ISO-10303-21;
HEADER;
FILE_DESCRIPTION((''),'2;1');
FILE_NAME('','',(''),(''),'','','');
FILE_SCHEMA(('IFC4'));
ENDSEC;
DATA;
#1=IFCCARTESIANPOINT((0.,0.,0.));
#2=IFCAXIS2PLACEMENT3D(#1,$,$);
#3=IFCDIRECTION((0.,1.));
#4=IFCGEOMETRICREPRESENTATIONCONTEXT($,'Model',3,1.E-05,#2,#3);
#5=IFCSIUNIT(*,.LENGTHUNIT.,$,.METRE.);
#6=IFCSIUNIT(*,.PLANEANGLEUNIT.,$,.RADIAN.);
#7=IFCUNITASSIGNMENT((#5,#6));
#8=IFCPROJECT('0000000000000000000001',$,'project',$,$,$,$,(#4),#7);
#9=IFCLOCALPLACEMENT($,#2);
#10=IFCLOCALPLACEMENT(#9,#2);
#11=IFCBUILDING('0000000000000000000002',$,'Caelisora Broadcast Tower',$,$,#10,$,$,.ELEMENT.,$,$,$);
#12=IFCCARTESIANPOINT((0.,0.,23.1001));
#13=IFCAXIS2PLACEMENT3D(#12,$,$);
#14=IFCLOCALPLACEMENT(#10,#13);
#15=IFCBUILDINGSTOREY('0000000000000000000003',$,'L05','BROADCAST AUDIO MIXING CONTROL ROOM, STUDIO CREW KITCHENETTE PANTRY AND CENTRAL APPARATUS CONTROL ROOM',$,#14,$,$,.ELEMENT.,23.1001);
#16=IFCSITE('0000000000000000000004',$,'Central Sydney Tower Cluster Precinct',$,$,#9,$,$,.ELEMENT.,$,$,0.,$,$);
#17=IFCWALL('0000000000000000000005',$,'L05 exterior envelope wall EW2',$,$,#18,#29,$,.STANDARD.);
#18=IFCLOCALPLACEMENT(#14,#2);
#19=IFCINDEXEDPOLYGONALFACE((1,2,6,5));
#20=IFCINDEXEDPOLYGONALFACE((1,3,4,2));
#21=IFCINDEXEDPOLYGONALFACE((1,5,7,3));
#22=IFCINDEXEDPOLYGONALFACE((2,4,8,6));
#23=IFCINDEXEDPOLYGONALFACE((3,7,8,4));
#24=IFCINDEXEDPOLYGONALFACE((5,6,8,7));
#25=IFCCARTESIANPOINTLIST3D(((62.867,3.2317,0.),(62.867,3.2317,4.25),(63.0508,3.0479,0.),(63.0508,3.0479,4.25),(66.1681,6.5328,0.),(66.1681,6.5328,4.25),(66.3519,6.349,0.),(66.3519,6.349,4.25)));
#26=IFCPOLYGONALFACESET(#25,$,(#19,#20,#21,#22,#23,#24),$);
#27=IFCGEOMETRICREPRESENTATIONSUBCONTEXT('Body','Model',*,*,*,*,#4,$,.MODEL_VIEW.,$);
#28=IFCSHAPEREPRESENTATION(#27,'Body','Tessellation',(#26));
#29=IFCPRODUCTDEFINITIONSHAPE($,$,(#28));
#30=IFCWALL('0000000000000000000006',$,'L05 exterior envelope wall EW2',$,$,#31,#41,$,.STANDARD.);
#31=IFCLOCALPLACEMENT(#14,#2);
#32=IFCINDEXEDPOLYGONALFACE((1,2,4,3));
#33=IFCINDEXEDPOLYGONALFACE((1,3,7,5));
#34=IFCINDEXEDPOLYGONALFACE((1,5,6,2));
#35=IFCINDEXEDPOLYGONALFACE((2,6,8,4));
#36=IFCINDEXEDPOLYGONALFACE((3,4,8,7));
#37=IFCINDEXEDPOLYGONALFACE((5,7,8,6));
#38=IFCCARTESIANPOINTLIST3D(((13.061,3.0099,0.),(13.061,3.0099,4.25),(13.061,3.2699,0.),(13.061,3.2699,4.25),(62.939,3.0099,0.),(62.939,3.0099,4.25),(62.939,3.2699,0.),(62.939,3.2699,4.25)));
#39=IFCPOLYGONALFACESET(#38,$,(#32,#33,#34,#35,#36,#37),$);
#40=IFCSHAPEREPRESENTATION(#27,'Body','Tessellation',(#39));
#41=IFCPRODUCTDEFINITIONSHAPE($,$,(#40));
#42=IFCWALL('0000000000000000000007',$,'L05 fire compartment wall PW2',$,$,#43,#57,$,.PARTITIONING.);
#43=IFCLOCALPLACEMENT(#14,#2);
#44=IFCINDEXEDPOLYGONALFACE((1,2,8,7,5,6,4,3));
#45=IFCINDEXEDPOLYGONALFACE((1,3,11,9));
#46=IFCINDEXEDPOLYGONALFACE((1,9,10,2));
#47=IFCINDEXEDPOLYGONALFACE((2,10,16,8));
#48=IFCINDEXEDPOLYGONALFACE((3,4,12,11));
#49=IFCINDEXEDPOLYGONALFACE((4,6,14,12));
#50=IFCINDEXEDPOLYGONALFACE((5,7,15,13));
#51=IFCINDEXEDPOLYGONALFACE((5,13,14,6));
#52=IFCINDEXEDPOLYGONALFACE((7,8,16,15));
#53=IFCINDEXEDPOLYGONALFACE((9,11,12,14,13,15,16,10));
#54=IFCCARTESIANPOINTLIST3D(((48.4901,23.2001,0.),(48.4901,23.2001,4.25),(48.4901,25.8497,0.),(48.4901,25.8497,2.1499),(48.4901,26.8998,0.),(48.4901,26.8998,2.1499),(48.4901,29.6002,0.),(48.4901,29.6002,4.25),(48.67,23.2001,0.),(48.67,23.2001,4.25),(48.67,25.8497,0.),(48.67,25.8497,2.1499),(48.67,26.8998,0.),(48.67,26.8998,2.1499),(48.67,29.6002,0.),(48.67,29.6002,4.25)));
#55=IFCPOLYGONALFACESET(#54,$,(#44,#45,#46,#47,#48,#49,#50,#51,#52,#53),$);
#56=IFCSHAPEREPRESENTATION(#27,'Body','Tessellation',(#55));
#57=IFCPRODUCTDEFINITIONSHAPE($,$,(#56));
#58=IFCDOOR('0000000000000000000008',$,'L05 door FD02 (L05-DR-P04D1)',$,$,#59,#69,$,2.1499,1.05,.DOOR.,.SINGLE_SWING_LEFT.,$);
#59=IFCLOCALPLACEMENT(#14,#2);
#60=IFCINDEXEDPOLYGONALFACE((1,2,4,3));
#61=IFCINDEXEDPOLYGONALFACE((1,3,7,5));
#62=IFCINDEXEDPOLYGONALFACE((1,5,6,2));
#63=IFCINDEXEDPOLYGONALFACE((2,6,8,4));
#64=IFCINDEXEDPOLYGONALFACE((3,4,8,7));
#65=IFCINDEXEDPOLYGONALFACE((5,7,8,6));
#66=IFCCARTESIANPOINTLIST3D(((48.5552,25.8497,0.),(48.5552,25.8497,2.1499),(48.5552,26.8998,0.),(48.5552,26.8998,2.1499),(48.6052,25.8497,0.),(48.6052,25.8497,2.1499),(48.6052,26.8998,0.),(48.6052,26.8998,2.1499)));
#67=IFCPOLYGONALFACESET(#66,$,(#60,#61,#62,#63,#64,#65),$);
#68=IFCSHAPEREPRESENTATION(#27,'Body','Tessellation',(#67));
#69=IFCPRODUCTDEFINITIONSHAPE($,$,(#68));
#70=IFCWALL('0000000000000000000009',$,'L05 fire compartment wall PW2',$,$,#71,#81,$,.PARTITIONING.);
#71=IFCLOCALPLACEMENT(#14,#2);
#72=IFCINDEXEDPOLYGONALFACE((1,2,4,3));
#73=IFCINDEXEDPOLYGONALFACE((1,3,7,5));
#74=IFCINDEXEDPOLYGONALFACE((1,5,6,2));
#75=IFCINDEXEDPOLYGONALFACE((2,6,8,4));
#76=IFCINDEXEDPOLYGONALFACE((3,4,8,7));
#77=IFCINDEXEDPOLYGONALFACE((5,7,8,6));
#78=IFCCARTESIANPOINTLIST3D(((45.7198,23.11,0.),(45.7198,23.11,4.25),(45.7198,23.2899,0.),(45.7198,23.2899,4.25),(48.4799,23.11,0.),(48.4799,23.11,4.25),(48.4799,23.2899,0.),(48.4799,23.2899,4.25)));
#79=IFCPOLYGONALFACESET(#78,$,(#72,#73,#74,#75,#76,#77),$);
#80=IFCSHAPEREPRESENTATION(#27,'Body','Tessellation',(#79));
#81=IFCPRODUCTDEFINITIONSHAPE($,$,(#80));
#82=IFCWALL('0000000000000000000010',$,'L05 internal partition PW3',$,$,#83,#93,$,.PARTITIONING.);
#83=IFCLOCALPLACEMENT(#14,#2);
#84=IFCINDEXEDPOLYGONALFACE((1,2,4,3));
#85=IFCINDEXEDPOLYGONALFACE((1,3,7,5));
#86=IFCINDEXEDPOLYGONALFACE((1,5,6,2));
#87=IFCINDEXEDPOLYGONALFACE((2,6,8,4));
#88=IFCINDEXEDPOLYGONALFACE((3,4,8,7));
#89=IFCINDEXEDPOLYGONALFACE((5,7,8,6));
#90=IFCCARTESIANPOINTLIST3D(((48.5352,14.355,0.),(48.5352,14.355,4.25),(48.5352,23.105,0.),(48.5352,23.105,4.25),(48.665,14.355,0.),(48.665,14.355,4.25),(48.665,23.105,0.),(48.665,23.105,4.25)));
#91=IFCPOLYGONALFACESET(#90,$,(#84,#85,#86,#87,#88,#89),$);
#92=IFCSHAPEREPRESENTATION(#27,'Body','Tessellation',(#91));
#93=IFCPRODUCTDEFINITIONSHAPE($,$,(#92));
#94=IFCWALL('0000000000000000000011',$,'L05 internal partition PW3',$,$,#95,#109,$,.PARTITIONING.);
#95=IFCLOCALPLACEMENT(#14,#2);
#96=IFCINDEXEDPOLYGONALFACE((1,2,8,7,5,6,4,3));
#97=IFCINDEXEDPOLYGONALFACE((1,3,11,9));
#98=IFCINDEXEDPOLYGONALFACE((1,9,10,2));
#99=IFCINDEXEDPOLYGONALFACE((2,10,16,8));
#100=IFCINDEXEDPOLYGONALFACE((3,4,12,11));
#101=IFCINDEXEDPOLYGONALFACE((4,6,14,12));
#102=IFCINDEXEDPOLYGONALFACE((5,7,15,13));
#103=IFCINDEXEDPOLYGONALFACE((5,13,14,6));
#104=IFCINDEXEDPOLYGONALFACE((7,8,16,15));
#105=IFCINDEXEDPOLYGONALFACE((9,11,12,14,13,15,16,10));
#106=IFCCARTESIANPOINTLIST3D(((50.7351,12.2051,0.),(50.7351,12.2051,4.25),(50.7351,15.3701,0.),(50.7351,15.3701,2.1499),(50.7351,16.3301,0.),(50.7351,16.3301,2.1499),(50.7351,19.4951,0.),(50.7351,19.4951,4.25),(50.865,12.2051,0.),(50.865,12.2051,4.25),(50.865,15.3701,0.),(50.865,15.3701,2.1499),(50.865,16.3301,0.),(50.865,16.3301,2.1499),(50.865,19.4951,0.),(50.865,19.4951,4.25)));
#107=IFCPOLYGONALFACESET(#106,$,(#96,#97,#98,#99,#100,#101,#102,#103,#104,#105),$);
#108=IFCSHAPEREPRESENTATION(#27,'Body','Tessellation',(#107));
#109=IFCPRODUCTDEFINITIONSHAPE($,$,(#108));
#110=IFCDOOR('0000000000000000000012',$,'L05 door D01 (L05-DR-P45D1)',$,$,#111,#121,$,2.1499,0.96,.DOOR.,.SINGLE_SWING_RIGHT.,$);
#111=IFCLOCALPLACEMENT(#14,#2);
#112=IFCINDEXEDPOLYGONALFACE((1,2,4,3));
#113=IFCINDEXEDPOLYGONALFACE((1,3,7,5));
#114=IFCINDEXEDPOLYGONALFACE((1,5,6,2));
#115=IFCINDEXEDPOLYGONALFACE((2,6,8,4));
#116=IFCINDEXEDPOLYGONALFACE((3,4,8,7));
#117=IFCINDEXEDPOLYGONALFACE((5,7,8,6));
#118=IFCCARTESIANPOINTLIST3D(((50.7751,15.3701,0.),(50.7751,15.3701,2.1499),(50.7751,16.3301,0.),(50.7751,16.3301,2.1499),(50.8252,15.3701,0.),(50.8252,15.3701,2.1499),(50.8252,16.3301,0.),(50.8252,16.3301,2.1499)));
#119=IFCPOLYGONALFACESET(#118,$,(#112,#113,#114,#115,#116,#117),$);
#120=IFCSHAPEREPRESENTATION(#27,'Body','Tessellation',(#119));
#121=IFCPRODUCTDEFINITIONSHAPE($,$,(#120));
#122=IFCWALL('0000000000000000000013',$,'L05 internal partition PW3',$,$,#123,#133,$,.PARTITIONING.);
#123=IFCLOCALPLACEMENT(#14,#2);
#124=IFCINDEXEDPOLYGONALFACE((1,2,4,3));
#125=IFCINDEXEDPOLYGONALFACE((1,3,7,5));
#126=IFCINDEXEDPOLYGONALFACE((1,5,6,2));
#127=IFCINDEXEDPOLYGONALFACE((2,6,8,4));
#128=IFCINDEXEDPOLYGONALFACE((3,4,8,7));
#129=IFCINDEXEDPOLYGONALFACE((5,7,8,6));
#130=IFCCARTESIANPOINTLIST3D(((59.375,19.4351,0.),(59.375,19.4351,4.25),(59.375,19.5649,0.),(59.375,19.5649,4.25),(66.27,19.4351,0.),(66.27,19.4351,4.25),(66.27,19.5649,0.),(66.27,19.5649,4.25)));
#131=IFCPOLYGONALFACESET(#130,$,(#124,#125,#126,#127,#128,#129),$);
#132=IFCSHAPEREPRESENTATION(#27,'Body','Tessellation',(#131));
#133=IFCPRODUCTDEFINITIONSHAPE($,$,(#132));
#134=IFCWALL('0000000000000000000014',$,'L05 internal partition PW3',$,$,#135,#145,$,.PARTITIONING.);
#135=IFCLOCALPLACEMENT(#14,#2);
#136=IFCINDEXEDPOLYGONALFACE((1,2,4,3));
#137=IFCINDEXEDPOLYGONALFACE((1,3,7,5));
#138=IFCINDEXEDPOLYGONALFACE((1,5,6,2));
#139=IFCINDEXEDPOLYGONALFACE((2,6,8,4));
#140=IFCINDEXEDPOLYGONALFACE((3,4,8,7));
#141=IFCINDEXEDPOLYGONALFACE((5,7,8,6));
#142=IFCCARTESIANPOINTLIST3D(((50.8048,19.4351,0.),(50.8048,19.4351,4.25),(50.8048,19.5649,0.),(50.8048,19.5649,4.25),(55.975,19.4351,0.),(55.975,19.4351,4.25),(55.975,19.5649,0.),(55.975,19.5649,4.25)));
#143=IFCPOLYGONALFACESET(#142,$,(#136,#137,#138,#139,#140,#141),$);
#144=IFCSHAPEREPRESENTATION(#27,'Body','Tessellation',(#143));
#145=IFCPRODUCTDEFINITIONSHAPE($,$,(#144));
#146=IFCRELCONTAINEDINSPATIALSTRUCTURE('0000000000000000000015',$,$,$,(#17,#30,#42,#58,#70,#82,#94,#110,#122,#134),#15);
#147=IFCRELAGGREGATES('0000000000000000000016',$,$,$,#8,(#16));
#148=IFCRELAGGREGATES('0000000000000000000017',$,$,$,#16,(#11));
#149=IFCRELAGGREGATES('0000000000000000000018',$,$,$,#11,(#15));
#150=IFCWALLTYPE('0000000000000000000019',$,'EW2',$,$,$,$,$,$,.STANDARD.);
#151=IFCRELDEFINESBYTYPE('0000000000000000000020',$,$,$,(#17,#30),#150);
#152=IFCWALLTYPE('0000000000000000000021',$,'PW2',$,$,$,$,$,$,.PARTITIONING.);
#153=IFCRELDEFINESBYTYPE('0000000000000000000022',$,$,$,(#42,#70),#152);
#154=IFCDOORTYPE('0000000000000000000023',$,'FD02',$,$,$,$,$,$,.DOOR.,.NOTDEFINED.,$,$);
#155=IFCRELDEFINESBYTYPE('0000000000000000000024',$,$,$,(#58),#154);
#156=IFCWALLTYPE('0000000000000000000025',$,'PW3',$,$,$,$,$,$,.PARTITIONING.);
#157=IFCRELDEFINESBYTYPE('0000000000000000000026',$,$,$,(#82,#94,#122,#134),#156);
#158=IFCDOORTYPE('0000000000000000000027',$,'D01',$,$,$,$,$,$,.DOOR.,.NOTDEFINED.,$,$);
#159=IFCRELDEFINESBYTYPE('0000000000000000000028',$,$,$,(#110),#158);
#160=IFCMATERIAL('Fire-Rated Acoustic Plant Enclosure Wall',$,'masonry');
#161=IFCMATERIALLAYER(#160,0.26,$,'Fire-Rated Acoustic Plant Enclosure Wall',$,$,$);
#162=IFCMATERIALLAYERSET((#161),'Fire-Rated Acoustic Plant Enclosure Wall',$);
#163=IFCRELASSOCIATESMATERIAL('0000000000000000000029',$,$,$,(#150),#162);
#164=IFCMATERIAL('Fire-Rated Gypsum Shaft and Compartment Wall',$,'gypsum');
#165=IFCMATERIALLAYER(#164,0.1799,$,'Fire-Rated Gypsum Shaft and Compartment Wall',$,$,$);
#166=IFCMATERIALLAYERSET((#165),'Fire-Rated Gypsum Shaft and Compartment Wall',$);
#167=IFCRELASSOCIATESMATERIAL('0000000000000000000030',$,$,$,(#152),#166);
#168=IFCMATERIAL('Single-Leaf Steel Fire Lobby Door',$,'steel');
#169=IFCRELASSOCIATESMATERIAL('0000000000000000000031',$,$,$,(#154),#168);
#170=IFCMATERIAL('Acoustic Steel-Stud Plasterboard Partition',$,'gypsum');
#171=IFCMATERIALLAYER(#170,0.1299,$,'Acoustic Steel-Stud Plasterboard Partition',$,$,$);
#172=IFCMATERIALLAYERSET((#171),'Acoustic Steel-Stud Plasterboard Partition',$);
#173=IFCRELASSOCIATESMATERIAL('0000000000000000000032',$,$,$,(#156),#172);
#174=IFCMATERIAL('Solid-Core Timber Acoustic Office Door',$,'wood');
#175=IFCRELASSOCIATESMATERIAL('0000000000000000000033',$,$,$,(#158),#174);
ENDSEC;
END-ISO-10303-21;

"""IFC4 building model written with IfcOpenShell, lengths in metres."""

from ifc_helpers import new_model, si_unit, direction, frame, frame_2d, origin, place, context, subcontext, project, spatial, rectangle, extrude, material, layer, layer_set, type_object, element, fill, save


model = new_model("IFC4")

# Units and contexts
model_context = context("Model", 3, precision=1e-05, world=origin(), true_north=direction((0.0, 1.0)))
body_context = subcontext(model_context, "Body", "Model", "MODEL_VIEW")
ifc_project = project(units=[si_unit("LENGTHUNIT", "METRE"), si_unit("PLANEANGLEUNIT", "RADIAN")], contexts=[model_context])

# Site, building, storey
site_placement = place(None, origin())
site = spatial("IfcSite", under=ifc_project, at=site_placement, Name="Central Sydney Tower Cluster Precinct", CompositionType="ELEMENT", RefElevation=0.0)
building_placement = place(site_placement, origin())
building = spatial("IfcBuilding", under=site, at=building_placement, Name="Caelisora Broadcast Tower", CompositionType="ELEMENT")
storey_placement = place(building_placement, frame((0.0, 0.0, 23.1001)))
storey = spatial("IfcBuildingStorey", under=building, at=storey_placement, Name="L05", Description="BROADCAST AUDIO MIXING CONTROL ROOM, STUDIO CREW KITCHENETTE PANTRY AND CENTRAL APPARATUS CONTROL ROOM", CompositionType="ELEMENT", Elevation=23.1001)

# Walls
ifc_material_1 = material(Name="Fire-Rated Acoustic Plant Enclosure Wall", Category="masonry")
ifc_layer_1 = layer(ifc_material_1, 0.26, Name="Fire-Rated Acoustic Plant Enclosure Wall")
ifc_layer_set_1 = layer_set([ifc_layer_1], Name="Fire-Rated Acoustic Plant Enclosure Wall")
wall_type_1 = type_object("IfcWallType", Name="EW2", PredefinedType="STANDARD", material=ifc_layer_set_1)
wall_1_placement = place(storey_placement, frame((66.26, 6.4409, 0.0), z_axis=(0.0, 0.0, 1.0), x_axis=(-0.707107, -0.707107, 0.0)))
element("IfcWall", 1, at=wall_1_placement, inside=storey, type_object=wall_type_1, Name="L05 exterior envelope wall EW2", PredefinedType="STANDARD", context=body_context, shape_type="SweptSolid", body=[
    extrude(rectangle(XDim=4.6685, YDim=0.26, at=frame_2d((2.3342, 0.0))), origin(), (0.0, 0.0, 1.0), 4.25),
])
wall_2_placement = place(storey_placement, frame((62.939, 3.1399, 0.0), z_axis=(0.0, 0.0, 1.0), x_axis=(-1.0, 0.0, 0.0)))
element("IfcWall", 2, at=wall_2_placement, inside=storey, type_object=wall_type_1, Name="L05 exterior envelope wall EW2", PredefinedType="STANDARD", context=body_context, shape_type="SweptSolid", body=[
    extrude(rectangle(XDim=49.8779, YDim=0.26, at=frame_2d((24.939, 0.0))), origin(), (0.0, 0.0, 1.0), 4.25),
])

# Wall, opening, door
ifc_material_2 = material(Name="Fire-Rated Gypsum Shaft and Compartment Wall", Category="gypsum")
ifc_layer_2 = layer(ifc_material_2, 0.1799, Name="Fire-Rated Gypsum Shaft and Compartment Wall")
ifc_layer_set_2 = layer_set([ifc_layer_2], Name="Fire-Rated Gypsum Shaft and Compartment Wall")
wall_type_2 = type_object("IfcWallType", Name="PW2", PredefinedType="PARTITIONING", material=ifc_layer_set_2)
wall_3_placement = place(storey_placement, frame((48.5801, 23.2, 0.0), z_axis=(0.0, 0.0, 1.0), x_axis=(0.0, 1.0, 0.0)))
wall_3 = element("IfcWall", 3, at=wall_3_placement, inside=storey, type_object=wall_type_2, Name="L05 fire compartment wall PW2", PredefinedType="PARTITIONING", context=body_context, shape_type="SweptSolid", body=[
    extrude(rectangle(XDim=6.4001, YDim=0.1799, at=frame_2d((3.2002, 0.0))), origin(), (0.0, 0.0, 1.0), 4.25),
])
opening_1_placement = place(wall_3_placement, frame((2.6499, 0.0, 0.0)))
opening_1 = element("IfcOpeningElement", 4, at=opening_1_placement, cuts=wall_3, PredefinedType="OPENING", context=body_context, shape_type="SweptSolid", body=[
    extrude(rectangle(XDim=1.05, YDim=2.1499, at=frame_2d((0.5249, 1.075))), frame((0.0, 0.1021, 0.0), z_axis=(0.0, -1.0, 0.0), x_axis=(1.0, 0.0, 0.0)), (0.0, 0.0, 1.0), 0.2039),
])
ifc_material_3 = material(Name="Single-Leaf Steel Fire Lobby Door", Category="steel")
door_type_1 = type_object("IfcDoorType", Name="FD02", OperationType="NOTDEFINED", PredefinedType="DOOR", material=ifc_material_3)
door_1_placement = place(opening_1_placement, origin())
door_1 = element("IfcDoor", 5, at=door_1_placement, inside=storey, type_object=door_type_1, Name="L05 door FD02 (L05-DR-P04D1)", OperationType="SINGLE_SWING_LEFT", OverallHeight=2.1499, OverallWidth=1.05, PredefinedType="DOOR", context=body_context, shape_type="SweptSolid", body=[
    extrude(rectangle(XDim=1.05, YDim=2.1499, at=frame_2d((0.5249, 1.075))), frame((0.0, 0.0249, 0.0), z_axis=(0.0, -1.0, 0.0), x_axis=(1.0, 0.0, 0.0)), (0.0, 0.0, 1.0), 0.05),
])
fill(opening_1, door_1)

# Walls
wall_4_placement = place(storey_placement, frame((45.72, 23.2, 0.0), z_axis=(0.0, 0.0, 1.0), x_axis=(1.0, 0.0, 0.0)))
element("IfcWall", 6, at=wall_4_placement, inside=storey, type_object=wall_type_2, Name="L05 fire compartment wall PW2", PredefinedType="PARTITIONING", context=body_context, shape_type="SweptSolid", body=[
    extrude(rectangle(XDim=2.76, YDim=0.1799, at=frame_2d((1.3799, 0.0))), origin(), (0.0, 0.0, 1.0), 4.25),
])
ifc_material_4 = material(Name="Acoustic Steel-Stud Plasterboard Partition", Category="gypsum")
ifc_layer_3 = layer(ifc_material_4, 0.1299, Name="Acoustic Steel-Stud Plasterboard Partition")
ifc_layer_set_3 = layer_set([ifc_layer_3], Name="Acoustic Steel-Stud Plasterboard Partition")
wall_type_3 = type_object("IfcWallType", Name="PW3", PredefinedType="PARTITIONING", material=ifc_layer_set_3)
wall_5_placement = place(storey_placement, frame((48.6001, 14.355, 0.0), z_axis=(0.0, 0.0, 1.0), x_axis=(0.0, 1.0, 0.0)))
element("IfcWall", 7, at=wall_5_placement, inside=storey, type_object=wall_type_3, Name="L05 internal partition PW3", PredefinedType="PARTITIONING", context=body_context, shape_type="SweptSolid", body=[
    extrude(rectangle(XDim=8.75, YDim=0.1299, at=frame_2d((4.375, 0.0))), origin(), (0.0, 0.0, 1.0), 4.25),
])

# Wall, opening, door
wall_6_placement = place(storey_placement, frame((50.8, 12.2051, 0.0), z_axis=(0.0, 0.0, 1.0), x_axis=(0.0, 1.0, 0.0)))
wall_6 = element("IfcWall", 8, at=wall_6_placement, inside=storey, type_object=wall_type_3, Name="L05 internal partition PW3", PredefinedType="PARTITIONING", context=body_context, shape_type="SweptSolid", body=[
    extrude(rectangle(XDim=7.29, YDim=0.1299, at=frame_2d((3.645, 0.0))), origin(), (0.0, 0.0, 1.0), 4.25),
])
opening_2_placement = place(wall_6_placement, frame((3.165, 0.0, 0.0)))
opening_2 = element("IfcOpeningElement", 9, at=opening_2_placement, cuts=wall_6, PredefinedType="OPENING", context=body_context, shape_type="SweptSolid", body=[
    extrude(rectangle(XDim=0.96, YDim=2.1499, at=frame_2d((0.48, 1.075))), frame((0.0, 0.0769, 0.0), z_axis=(0.0, -1.0, 0.0), x_axis=(1.0, 0.0, 0.0)), (0.0, 0.0, 1.0), 0.1538),
])
ifc_material_5 = material(Name="Solid-Core Timber Acoustic Office Door", Category="wood")
door_type_2 = type_object("IfcDoorType", Name="D01", OperationType="NOTDEFINED", PredefinedType="DOOR", material=ifc_material_5)
door_2_placement = place(opening_2_placement, origin())
door_2 = element("IfcDoor", 10, at=door_2_placement, inside=storey, type_object=door_type_2, Name="L05 door D01 (L05-DR-P45D1)", OperationType="SINGLE_SWING_RIGHT", OverallHeight=2.1499, OverallWidth=0.96, PredefinedType="DOOR", context=body_context, shape_type="SweptSolid", body=[
    extrude(rectangle(XDim=0.96, YDim=2.1499, at=frame_2d((0.48, 1.075))), frame((0.0, 0.0249, 0.0), z_axis=(0.0, -1.0, 0.0), x_axis=(1.0, 0.0, 0.0)), (0.0, 0.0, 1.0), 0.05),
])
fill(opening_2, door_2)

# Walls
wall_7_placement = place(storey_placement, frame((59.375, 19.5, 0.0), z_axis=(0.0, 0.0, 1.0), x_axis=(1.0, 0.0, 0.0)))
element("IfcWall", 11, at=wall_7_placement, inside=storey, type_object=wall_type_3, Name="L05 internal partition PW3", PredefinedType="PARTITIONING", context=body_context, shape_type="SweptSolid", body=[
    extrude(rectangle(XDim=6.895, YDim=0.1299, at=frame_2d((3.4475, 0.0))), origin(), (0.0, 0.0, 1.0), 4.25),
])
wall_8_placement = place(storey_placement, frame((50.8049, 19.5, 0.0), z_axis=(0.0, 0.0, 1.0), x_axis=(1.0, 0.0, 0.0)))
element("IfcWall", 12, at=wall_8_placement, inside=storey, type_object=wall_type_3, Name="L05 internal partition PW3", PredefinedType="PARTITIONING", context=body_context, shape_type="SweptSolid", body=[
    extrude(rectangle(XDim=5.1702, YDim=0.1299, at=frame_2d((2.585, 0.0))), origin(), (0.0, 0.0, 1.0), 4.25),
])

save(model, "model.ifc")
